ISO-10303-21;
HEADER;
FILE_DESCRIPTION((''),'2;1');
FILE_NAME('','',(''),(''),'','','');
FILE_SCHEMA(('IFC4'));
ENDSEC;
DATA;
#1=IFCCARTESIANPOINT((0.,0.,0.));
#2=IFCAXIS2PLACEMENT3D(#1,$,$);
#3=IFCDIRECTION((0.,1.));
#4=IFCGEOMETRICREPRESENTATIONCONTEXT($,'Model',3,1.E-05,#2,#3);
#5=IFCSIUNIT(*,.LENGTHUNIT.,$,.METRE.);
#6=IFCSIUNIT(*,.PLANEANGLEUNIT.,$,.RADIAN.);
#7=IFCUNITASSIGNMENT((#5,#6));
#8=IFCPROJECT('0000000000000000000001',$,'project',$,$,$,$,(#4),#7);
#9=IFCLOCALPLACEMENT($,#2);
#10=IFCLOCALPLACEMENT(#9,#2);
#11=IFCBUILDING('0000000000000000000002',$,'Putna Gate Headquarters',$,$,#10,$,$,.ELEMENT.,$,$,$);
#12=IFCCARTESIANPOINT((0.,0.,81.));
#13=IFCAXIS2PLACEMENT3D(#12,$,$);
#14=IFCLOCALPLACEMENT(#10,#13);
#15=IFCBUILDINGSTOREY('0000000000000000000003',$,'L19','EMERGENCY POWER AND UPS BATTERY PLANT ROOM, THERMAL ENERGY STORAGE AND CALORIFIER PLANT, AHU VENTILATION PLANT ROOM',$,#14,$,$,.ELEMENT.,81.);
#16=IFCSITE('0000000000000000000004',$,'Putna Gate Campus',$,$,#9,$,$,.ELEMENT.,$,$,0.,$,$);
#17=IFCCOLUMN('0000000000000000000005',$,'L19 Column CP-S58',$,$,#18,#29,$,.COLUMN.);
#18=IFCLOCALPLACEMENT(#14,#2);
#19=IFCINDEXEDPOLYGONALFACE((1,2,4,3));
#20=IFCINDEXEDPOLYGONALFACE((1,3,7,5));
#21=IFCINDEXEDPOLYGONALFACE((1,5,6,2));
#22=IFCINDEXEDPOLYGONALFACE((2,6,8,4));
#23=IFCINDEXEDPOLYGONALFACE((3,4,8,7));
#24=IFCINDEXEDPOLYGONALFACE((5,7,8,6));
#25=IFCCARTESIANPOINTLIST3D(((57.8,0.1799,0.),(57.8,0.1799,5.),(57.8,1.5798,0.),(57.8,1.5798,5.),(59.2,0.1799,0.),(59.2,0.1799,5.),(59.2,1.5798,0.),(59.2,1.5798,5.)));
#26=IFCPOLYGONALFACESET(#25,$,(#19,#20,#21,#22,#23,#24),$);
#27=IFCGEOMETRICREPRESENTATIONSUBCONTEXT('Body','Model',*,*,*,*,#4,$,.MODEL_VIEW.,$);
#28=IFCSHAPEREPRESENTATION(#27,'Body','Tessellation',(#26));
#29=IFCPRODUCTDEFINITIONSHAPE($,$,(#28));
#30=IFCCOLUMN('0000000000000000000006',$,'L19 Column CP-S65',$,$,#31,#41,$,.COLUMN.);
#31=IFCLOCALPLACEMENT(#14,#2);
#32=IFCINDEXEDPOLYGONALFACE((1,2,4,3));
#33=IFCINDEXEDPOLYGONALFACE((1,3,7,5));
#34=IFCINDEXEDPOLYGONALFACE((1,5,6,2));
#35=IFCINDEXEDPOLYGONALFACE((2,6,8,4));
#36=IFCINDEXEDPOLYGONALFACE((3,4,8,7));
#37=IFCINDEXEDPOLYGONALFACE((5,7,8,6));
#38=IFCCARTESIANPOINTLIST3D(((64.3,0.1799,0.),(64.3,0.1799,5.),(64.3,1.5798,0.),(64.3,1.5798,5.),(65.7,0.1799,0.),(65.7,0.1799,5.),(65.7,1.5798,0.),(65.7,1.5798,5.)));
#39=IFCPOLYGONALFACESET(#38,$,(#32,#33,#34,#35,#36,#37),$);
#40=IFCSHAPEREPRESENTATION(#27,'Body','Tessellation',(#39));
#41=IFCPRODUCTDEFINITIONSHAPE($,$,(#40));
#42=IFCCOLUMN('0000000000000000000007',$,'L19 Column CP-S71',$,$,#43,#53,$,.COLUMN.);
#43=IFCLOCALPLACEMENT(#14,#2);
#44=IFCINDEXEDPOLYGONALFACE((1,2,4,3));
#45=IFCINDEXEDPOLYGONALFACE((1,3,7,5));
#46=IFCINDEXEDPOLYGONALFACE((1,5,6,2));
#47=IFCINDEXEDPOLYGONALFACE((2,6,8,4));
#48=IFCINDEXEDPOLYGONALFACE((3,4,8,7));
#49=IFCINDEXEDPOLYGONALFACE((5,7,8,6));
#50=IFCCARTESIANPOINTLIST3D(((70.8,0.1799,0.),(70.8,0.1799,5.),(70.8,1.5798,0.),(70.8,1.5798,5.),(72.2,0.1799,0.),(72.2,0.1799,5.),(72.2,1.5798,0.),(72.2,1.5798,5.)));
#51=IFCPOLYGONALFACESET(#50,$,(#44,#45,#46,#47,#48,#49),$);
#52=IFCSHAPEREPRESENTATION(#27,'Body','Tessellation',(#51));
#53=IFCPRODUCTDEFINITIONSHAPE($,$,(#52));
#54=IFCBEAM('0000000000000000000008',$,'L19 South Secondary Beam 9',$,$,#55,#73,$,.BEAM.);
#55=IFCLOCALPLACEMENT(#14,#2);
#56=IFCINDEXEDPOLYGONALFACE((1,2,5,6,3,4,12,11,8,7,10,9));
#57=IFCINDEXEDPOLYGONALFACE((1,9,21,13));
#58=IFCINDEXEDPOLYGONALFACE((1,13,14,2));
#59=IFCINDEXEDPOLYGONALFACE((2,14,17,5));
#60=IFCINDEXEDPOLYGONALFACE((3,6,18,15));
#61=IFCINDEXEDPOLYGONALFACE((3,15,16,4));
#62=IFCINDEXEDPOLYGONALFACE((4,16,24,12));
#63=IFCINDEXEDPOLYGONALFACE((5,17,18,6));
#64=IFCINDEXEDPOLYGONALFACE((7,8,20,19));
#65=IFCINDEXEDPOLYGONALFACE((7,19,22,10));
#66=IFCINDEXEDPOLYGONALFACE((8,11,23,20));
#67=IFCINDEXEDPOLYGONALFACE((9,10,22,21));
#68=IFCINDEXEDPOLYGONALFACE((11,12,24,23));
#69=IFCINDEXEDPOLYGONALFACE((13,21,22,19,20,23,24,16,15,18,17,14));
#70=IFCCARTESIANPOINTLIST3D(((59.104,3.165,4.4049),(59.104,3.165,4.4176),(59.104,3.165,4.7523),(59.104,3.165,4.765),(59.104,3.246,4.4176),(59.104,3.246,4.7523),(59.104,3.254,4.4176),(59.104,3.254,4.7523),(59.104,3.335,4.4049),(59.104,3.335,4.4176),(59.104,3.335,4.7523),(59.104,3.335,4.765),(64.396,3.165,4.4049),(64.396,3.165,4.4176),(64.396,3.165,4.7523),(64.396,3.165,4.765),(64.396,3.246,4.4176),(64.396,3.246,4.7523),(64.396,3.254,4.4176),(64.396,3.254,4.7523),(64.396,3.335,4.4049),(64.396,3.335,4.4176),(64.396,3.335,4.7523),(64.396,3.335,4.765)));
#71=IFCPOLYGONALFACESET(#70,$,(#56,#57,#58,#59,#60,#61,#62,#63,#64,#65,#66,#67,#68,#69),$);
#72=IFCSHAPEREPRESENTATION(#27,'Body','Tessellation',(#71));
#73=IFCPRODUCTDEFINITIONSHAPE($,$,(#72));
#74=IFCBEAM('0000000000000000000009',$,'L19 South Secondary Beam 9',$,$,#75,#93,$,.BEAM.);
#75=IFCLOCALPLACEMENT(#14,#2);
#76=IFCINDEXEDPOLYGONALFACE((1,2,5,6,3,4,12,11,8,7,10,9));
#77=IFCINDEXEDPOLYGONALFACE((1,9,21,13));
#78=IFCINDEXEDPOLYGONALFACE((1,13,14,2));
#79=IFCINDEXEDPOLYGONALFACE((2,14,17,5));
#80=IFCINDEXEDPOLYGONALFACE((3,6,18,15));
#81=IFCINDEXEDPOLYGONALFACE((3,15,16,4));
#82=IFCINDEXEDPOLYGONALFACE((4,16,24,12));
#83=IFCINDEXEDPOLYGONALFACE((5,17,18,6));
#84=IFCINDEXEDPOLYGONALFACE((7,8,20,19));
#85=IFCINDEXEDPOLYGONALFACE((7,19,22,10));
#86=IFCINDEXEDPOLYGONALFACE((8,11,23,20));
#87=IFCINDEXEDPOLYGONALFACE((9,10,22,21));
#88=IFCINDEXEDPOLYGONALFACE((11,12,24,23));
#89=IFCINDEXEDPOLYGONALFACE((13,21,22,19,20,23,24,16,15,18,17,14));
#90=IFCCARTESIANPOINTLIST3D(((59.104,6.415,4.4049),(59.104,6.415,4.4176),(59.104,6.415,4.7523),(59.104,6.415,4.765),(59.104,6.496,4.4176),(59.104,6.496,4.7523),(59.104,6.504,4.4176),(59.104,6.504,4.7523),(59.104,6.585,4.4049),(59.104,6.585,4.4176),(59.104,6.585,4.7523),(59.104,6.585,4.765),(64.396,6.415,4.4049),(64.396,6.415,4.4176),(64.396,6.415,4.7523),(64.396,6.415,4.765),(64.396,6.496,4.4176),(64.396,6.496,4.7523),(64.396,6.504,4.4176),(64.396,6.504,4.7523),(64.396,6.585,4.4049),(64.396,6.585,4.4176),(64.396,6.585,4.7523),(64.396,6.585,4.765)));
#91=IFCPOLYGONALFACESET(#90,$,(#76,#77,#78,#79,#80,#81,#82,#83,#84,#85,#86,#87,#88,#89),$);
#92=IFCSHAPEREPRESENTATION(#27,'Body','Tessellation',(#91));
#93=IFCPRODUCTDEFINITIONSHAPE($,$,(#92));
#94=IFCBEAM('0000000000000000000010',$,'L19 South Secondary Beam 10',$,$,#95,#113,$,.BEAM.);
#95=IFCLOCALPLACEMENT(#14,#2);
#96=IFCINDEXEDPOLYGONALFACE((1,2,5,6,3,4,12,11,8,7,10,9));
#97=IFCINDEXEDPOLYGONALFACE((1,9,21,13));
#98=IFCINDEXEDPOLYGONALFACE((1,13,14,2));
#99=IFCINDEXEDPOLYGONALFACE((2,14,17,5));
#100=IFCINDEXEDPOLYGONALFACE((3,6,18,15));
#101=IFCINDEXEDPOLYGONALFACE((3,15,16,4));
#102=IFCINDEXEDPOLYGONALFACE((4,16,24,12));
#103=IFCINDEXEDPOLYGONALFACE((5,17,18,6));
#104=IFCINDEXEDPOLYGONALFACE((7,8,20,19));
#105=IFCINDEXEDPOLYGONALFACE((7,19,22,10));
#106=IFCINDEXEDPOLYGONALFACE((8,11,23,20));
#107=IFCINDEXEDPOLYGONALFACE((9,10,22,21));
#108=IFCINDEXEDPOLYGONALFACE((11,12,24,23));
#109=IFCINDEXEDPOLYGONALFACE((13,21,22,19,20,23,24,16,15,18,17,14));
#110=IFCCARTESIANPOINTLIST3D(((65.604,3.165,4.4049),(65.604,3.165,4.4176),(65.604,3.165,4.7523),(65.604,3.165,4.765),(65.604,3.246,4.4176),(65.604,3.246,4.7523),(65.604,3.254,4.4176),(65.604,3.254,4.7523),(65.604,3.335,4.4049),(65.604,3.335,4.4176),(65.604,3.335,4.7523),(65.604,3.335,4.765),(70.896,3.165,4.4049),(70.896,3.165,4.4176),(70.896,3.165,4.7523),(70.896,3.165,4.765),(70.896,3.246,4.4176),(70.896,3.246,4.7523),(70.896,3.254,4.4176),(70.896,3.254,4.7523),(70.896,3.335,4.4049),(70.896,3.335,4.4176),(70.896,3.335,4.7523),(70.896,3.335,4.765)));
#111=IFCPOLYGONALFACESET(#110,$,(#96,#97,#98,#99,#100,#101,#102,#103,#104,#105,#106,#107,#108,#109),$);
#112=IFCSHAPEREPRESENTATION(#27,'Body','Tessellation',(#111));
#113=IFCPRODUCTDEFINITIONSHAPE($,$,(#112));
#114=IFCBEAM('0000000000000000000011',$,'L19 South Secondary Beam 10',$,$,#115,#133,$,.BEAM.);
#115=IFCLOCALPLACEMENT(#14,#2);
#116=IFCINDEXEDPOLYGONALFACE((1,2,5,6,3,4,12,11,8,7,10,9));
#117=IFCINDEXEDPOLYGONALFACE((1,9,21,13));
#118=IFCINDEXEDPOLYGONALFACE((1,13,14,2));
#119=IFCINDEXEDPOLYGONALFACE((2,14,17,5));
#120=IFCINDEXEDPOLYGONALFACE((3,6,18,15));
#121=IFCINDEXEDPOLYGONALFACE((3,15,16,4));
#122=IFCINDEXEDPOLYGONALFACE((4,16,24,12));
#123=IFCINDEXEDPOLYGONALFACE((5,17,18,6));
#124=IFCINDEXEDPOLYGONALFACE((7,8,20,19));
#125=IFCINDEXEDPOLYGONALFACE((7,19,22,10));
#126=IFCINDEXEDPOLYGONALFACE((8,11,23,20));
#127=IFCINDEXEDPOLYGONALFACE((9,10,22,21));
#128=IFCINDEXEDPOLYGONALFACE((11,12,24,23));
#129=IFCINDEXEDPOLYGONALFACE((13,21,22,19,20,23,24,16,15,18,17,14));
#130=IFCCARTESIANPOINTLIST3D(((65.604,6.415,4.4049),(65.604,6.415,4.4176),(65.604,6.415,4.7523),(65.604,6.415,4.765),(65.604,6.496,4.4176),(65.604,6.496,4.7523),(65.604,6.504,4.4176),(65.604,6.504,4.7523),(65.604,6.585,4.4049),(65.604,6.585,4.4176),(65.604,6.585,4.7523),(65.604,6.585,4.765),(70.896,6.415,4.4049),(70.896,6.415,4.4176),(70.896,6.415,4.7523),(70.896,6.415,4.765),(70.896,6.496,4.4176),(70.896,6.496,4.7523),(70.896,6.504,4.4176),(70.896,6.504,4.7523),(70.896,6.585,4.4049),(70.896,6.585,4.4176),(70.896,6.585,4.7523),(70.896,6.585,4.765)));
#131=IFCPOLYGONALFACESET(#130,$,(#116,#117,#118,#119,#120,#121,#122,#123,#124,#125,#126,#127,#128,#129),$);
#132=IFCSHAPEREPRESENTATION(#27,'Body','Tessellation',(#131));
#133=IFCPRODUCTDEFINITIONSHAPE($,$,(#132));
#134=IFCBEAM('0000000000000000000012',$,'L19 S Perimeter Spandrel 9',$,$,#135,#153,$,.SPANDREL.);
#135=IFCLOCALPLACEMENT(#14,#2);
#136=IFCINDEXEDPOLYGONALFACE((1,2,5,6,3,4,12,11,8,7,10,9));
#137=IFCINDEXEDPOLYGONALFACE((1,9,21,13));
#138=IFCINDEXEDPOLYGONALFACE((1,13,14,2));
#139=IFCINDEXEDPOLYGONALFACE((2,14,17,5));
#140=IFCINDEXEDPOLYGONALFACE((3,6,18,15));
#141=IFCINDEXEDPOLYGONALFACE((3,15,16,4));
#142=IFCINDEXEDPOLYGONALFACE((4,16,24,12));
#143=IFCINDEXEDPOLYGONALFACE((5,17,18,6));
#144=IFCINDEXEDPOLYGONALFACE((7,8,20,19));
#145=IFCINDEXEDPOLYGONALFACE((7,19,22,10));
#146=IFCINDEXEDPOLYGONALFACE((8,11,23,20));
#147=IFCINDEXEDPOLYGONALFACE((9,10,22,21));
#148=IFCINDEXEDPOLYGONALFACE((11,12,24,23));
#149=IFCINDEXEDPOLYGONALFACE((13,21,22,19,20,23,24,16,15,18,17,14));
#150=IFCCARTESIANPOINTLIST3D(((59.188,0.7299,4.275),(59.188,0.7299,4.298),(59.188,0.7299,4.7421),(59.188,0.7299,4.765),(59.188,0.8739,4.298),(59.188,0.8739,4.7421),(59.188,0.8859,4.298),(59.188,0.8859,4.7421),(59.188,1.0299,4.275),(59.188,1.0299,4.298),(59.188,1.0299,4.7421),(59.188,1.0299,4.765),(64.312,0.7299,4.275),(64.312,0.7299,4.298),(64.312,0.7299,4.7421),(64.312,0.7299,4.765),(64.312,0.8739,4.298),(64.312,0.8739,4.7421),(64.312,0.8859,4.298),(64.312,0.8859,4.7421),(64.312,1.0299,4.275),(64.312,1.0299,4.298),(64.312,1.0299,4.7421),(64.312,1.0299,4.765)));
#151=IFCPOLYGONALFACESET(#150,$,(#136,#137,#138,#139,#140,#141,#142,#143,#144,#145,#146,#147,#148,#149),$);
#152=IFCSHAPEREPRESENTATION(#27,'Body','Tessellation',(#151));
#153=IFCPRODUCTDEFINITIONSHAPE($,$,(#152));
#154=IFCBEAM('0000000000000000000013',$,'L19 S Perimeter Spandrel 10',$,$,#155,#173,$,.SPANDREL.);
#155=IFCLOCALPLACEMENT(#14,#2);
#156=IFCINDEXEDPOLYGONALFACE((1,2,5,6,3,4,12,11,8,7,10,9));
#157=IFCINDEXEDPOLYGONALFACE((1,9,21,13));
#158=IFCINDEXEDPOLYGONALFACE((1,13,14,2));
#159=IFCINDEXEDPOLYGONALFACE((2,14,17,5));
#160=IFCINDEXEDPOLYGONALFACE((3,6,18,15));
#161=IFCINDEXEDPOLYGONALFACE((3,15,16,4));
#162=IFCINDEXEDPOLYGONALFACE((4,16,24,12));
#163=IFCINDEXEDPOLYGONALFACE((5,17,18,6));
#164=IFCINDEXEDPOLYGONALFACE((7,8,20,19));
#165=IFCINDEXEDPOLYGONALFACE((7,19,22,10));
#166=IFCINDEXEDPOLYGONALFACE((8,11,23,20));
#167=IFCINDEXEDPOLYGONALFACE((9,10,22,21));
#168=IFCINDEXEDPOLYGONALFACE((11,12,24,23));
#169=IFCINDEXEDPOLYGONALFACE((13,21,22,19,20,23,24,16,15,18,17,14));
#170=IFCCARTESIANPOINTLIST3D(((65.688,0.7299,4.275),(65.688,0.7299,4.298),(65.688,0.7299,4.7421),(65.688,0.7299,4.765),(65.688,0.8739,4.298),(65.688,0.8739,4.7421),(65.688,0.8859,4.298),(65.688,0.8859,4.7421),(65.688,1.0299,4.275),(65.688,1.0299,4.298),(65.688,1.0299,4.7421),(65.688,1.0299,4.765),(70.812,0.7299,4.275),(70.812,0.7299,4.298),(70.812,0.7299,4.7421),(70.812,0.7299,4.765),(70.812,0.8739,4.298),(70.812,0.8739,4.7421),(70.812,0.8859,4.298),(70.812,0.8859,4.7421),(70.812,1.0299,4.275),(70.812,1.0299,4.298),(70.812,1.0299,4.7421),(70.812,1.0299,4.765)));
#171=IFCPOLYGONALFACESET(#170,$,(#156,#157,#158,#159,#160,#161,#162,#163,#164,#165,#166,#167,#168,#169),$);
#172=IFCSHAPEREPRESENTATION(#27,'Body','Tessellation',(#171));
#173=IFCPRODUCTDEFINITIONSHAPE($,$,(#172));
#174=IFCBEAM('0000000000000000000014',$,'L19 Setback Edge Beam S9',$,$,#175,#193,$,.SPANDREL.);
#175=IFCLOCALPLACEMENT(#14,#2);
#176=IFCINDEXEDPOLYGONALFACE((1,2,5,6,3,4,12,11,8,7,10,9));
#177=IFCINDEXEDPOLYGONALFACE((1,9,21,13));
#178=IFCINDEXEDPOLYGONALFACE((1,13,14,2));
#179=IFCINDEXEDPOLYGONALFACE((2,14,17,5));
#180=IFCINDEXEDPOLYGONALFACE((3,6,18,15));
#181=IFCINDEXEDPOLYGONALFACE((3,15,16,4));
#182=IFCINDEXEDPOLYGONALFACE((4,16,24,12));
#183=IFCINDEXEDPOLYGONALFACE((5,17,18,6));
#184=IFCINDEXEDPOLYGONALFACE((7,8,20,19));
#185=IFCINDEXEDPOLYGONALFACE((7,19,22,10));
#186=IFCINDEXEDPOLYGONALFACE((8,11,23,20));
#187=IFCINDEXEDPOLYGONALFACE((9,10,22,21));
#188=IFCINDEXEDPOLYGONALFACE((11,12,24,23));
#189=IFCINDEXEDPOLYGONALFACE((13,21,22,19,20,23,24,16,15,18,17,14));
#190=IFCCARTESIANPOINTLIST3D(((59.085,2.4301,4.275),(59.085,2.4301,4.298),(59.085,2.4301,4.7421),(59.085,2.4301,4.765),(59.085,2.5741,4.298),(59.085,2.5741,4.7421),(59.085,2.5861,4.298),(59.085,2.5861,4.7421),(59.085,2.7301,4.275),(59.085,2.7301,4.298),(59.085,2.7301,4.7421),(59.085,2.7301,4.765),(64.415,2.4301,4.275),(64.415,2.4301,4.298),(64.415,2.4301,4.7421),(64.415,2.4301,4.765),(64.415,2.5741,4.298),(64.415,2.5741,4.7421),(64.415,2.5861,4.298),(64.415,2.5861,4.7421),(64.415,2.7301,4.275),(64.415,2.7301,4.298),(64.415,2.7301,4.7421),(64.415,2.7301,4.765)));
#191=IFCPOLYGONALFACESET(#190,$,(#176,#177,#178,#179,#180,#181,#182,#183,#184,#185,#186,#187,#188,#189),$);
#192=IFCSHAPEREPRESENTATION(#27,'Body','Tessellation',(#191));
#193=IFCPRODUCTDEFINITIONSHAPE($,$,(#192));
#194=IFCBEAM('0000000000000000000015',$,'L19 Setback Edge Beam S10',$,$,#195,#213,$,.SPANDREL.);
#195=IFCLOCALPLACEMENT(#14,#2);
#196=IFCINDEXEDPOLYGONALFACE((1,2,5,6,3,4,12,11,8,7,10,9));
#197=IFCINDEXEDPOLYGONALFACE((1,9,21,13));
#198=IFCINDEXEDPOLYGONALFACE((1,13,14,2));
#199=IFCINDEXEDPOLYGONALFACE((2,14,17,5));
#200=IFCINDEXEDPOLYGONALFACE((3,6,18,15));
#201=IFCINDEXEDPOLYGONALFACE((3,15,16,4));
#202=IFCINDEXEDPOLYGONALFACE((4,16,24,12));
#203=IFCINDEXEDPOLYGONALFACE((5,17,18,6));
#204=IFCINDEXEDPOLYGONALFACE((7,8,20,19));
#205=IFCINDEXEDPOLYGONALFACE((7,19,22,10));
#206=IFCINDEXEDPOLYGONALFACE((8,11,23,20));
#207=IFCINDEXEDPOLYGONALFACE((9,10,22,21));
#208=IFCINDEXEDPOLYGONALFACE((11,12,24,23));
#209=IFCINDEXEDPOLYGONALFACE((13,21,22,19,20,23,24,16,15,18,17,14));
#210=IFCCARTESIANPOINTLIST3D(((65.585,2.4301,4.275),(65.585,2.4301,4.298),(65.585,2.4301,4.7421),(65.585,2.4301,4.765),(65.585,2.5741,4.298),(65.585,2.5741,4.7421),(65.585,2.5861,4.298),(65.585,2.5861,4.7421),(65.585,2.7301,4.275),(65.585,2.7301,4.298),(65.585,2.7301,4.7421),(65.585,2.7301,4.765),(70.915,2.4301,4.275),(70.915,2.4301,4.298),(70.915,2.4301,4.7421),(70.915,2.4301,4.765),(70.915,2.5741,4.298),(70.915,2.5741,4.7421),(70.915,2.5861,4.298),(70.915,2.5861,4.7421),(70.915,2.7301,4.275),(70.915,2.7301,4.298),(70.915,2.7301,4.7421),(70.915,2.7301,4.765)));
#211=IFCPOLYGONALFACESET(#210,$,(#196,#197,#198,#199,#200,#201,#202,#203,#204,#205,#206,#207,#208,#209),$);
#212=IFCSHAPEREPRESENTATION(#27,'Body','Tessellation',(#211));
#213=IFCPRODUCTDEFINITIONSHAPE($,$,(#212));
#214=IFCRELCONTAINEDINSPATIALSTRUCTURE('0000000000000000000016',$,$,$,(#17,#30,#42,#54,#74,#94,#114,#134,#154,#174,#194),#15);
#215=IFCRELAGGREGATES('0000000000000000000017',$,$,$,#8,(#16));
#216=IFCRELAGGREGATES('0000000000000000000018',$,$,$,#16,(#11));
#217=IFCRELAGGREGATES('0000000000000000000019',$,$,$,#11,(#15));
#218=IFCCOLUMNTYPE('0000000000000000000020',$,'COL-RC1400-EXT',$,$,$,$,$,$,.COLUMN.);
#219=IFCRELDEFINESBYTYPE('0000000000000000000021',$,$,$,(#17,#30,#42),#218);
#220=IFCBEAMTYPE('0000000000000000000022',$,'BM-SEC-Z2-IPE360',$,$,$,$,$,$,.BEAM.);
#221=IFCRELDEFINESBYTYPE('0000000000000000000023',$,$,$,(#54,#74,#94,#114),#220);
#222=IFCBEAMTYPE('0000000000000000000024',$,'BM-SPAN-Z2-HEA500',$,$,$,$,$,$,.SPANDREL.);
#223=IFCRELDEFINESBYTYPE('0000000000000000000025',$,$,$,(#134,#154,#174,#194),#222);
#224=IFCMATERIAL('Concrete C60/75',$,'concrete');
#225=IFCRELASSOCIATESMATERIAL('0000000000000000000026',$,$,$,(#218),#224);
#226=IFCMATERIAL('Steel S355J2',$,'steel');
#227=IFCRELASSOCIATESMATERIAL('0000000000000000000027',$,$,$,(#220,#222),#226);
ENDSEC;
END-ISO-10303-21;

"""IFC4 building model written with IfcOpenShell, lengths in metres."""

from ifc_helpers import new_model, si_unit, direction, frame, origin, origin_2d, place, context, subcontext, project, spatial, rectangle, i_section, extrude, material, material_profile, profile_set, type_object, element, save


model = new_model("IFC4")

# Units and contexts
model_context = context("Model", 3, precision=1e-05, world=origin(), true_north=direction((0.0, 1.0)))
body_context = subcontext(model_context, "Body", "Model", "MODEL_VIEW")
ifc_project = project(units=[si_unit("LENGTHUNIT", "METRE"), si_unit("PLANEANGLEUNIT", "RADIAN")], contexts=[model_context])

# Site, building, storey
site_placement = place(None, origin())
site = spatial("IfcSite", under=ifc_project, at=site_placement, Name="Putna Gate Campus", CompositionType="ELEMENT", RefElevation=0.0)
building_placement = place(site_placement, origin())
building = spatial("IfcBuilding", under=site, at=building_placement, Name="Putna Gate Headquarters", CompositionType="ELEMENT")
storey_placement = place(building_placement, frame((0.0, 0.0, 81.0)))
storey = spatial("IfcBuildingStorey", under=building, at=storey_placement, Name="L19", Description="EMERGENCY POWER AND UPS BATTERY PLANT ROOM, THERMAL ENERGY STORAGE AND CALORIFIER PLANT, AHU VENTILATION PLANT ROOM", CompositionType="ELEMENT", Elevation=81.0)

# Columns
ifc_material_1 = material(Name="Concrete C60/75", Category="concrete")
ifc_material_profile_1 = material_profile(ifc_material_1, rectangle(XDim=1.3999, YDim=1.3999, at=origin_2d()), Name="Concrete C60/75")
ifc_profile_set_1 = profile_set([ifc_material_profile_1], Name="Concrete C60/75")
column_type = type_object("IfcColumnType", Name="COL-RC1400-EXT", PredefinedType="COLUMN", material=ifc_profile_set_1)
for number, where, z_axis, x_axis, name in (
    (1, (58.5, 0.8799, 0.0), (0.0, 0.0, 1.0), (1.0, 0.0, 0.0), "L19 Column CP-S58"),
    (2, (65.0, 0.8799, 0.0), (0.0, 0.0, 1.0), (1.0, 0.0, 0.0), "L19 Column CP-S65"),
    (3, (71.5, 0.8799, 0.0), (0.0, 0.0, 1.0), (1.0, 0.0, 0.0), "L19 Column CP-S71"),
):
    element("IfcColumn", number, at=place(storey_placement, frame(where, z_axis=z_axis, x_axis=x_axis)), inside=storey, type_object=column_type, Name=name, PredefinedType="COLUMN", context=body_context, shape_type="SweptSolid", body=[
        extrude(rectangle(XDim=1.3999, YDim=1.3999, at=origin_2d()), origin(), (0.0, 0.0, 1.0), 5.0),
    ])

# Beams
ifc_material_2 = material(Name="Steel S355J2", Category="steel")
ifc_material_profile_2 = material_profile(ifc_material_2, i_section(OverallWidth=0.1699, OverallDepth=0.3601, WebThickness=0.0081, FlangeThickness=0.0127, at=origin_2d()), Name="Steel S355J2")
ifc_profile_set_2 = profile_set([ifc_material_profile_2], Name="Steel S355J2")
beam_type_1 = type_object("IfcBeamType", Name="BM-SEC-Z2-IPE360", PredefinedType="BEAM", material=ifc_profile_set_2)
for number, where, z_axis, x_axis, name in (
    (4, (59.104, 3.25, 4.585), (1.0, 0.0, 0.0), (0.0, 1.0, 0.0), "L19 South Secondary Beam 9"),
    (5, (59.104, 6.5, 4.585), (1.0, 0.0, 0.0), (0.0, 1.0, 0.0), "L19 South Secondary Beam 9"),
    (6, (65.604, 3.25, 4.585), (1.0, 0.0, 0.0), (0.0, 1.0, 0.0), "L19 South Secondary Beam 10"),
    (7, (65.604, 6.5, 4.585), (1.0, 0.0, 0.0), (0.0, 1.0, 0.0), "L19 South Secondary Beam 10"),
):
    element("IfcBeam", number, at=place(storey_placement, frame(where, z_axis=z_axis, x_axis=x_axis)), inside=storey, type_object=beam_type_1, Name=name, PredefinedType="BEAM", context=body_context, shape_type="SweptSolid", body=[
        extrude(i_section(OverallWidth=0.1699, OverallDepth=0.3601, WebThickness=0.0081, FlangeThickness=0.0127, at=origin_2d()), origin(), (0.0, 0.0, 1.0), 5.292),
    ])
ifc_material_profile_3 = material_profile(ifc_material_2, i_section(OverallWidth=0.3, OverallDepth=0.49, WebThickness=0.012, FlangeThickness=0.0229, at=origin_2d()), Name="Steel S355J2")
ifc_profile_set_3 = profile_set([ifc_material_profile_3], Name="Steel S355J2")
beam_type_2 = type_object("IfcBeamType", Name="BM-SPAN-Z2-HEA500", PredefinedType="SPANDREL", material=ifc_profile_set_3)
for number, where, z_axis, x_axis, name in (
    (8, (59.188, 0.8799, 4.52), (1.0, 0.0, 0.0), (0.0, 1.0, 0.0), "L19 S Perimeter Spandrel 9"),
    (9, (65.688, 0.8799, 4.52), (1.0, 0.0, 0.0), (0.0, 1.0, 0.0), "L19 S Perimeter Spandrel 10"),
):
    element("IfcBeam", number, at=place(storey_placement, frame(where, z_axis=z_axis, x_axis=x_axis)), inside=storey, type_object=beam_type_2, Name=name, PredefinedType="SPANDREL", context=body_context, shape_type="SweptSolid", body=[
        extrude(i_section(OverallWidth=0.3, OverallDepth=0.49, WebThickness=0.012, FlangeThickness=0.0229, at=origin_2d()), origin(), (0.0, 0.0, 1.0), 5.124),
    ])
for number, where, z_axis, x_axis, name in (
    (10, (59.085, 2.5801, 4.52), (1.0, 0.0, 0.0), (0.0, 1.0, 0.0), "L19 Setback Edge Beam S9"),
    (11, (65.585, 2.5801, 4.52), (1.0, 0.0, 0.0), (0.0, 1.0, 0.0), "L19 Setback Edge Beam S10"),
):
    element("IfcBeam", number, at=place(storey_placement, frame(where, z_axis=z_axis, x_axis=x_axis)), inside=storey, type_object=beam_type_2, Name=name, PredefinedType="SPANDREL", context=body_context, shape_type="SweptSolid", body=[
        extrude(i_section(OverallWidth=0.3, OverallDepth=0.49, WebThickness=0.012, FlangeThickness=0.0229, at=origin_2d()), origin(), (0.0, 0.0, 1.0), 5.3301),
    ])

save(model, "model.ifc")
